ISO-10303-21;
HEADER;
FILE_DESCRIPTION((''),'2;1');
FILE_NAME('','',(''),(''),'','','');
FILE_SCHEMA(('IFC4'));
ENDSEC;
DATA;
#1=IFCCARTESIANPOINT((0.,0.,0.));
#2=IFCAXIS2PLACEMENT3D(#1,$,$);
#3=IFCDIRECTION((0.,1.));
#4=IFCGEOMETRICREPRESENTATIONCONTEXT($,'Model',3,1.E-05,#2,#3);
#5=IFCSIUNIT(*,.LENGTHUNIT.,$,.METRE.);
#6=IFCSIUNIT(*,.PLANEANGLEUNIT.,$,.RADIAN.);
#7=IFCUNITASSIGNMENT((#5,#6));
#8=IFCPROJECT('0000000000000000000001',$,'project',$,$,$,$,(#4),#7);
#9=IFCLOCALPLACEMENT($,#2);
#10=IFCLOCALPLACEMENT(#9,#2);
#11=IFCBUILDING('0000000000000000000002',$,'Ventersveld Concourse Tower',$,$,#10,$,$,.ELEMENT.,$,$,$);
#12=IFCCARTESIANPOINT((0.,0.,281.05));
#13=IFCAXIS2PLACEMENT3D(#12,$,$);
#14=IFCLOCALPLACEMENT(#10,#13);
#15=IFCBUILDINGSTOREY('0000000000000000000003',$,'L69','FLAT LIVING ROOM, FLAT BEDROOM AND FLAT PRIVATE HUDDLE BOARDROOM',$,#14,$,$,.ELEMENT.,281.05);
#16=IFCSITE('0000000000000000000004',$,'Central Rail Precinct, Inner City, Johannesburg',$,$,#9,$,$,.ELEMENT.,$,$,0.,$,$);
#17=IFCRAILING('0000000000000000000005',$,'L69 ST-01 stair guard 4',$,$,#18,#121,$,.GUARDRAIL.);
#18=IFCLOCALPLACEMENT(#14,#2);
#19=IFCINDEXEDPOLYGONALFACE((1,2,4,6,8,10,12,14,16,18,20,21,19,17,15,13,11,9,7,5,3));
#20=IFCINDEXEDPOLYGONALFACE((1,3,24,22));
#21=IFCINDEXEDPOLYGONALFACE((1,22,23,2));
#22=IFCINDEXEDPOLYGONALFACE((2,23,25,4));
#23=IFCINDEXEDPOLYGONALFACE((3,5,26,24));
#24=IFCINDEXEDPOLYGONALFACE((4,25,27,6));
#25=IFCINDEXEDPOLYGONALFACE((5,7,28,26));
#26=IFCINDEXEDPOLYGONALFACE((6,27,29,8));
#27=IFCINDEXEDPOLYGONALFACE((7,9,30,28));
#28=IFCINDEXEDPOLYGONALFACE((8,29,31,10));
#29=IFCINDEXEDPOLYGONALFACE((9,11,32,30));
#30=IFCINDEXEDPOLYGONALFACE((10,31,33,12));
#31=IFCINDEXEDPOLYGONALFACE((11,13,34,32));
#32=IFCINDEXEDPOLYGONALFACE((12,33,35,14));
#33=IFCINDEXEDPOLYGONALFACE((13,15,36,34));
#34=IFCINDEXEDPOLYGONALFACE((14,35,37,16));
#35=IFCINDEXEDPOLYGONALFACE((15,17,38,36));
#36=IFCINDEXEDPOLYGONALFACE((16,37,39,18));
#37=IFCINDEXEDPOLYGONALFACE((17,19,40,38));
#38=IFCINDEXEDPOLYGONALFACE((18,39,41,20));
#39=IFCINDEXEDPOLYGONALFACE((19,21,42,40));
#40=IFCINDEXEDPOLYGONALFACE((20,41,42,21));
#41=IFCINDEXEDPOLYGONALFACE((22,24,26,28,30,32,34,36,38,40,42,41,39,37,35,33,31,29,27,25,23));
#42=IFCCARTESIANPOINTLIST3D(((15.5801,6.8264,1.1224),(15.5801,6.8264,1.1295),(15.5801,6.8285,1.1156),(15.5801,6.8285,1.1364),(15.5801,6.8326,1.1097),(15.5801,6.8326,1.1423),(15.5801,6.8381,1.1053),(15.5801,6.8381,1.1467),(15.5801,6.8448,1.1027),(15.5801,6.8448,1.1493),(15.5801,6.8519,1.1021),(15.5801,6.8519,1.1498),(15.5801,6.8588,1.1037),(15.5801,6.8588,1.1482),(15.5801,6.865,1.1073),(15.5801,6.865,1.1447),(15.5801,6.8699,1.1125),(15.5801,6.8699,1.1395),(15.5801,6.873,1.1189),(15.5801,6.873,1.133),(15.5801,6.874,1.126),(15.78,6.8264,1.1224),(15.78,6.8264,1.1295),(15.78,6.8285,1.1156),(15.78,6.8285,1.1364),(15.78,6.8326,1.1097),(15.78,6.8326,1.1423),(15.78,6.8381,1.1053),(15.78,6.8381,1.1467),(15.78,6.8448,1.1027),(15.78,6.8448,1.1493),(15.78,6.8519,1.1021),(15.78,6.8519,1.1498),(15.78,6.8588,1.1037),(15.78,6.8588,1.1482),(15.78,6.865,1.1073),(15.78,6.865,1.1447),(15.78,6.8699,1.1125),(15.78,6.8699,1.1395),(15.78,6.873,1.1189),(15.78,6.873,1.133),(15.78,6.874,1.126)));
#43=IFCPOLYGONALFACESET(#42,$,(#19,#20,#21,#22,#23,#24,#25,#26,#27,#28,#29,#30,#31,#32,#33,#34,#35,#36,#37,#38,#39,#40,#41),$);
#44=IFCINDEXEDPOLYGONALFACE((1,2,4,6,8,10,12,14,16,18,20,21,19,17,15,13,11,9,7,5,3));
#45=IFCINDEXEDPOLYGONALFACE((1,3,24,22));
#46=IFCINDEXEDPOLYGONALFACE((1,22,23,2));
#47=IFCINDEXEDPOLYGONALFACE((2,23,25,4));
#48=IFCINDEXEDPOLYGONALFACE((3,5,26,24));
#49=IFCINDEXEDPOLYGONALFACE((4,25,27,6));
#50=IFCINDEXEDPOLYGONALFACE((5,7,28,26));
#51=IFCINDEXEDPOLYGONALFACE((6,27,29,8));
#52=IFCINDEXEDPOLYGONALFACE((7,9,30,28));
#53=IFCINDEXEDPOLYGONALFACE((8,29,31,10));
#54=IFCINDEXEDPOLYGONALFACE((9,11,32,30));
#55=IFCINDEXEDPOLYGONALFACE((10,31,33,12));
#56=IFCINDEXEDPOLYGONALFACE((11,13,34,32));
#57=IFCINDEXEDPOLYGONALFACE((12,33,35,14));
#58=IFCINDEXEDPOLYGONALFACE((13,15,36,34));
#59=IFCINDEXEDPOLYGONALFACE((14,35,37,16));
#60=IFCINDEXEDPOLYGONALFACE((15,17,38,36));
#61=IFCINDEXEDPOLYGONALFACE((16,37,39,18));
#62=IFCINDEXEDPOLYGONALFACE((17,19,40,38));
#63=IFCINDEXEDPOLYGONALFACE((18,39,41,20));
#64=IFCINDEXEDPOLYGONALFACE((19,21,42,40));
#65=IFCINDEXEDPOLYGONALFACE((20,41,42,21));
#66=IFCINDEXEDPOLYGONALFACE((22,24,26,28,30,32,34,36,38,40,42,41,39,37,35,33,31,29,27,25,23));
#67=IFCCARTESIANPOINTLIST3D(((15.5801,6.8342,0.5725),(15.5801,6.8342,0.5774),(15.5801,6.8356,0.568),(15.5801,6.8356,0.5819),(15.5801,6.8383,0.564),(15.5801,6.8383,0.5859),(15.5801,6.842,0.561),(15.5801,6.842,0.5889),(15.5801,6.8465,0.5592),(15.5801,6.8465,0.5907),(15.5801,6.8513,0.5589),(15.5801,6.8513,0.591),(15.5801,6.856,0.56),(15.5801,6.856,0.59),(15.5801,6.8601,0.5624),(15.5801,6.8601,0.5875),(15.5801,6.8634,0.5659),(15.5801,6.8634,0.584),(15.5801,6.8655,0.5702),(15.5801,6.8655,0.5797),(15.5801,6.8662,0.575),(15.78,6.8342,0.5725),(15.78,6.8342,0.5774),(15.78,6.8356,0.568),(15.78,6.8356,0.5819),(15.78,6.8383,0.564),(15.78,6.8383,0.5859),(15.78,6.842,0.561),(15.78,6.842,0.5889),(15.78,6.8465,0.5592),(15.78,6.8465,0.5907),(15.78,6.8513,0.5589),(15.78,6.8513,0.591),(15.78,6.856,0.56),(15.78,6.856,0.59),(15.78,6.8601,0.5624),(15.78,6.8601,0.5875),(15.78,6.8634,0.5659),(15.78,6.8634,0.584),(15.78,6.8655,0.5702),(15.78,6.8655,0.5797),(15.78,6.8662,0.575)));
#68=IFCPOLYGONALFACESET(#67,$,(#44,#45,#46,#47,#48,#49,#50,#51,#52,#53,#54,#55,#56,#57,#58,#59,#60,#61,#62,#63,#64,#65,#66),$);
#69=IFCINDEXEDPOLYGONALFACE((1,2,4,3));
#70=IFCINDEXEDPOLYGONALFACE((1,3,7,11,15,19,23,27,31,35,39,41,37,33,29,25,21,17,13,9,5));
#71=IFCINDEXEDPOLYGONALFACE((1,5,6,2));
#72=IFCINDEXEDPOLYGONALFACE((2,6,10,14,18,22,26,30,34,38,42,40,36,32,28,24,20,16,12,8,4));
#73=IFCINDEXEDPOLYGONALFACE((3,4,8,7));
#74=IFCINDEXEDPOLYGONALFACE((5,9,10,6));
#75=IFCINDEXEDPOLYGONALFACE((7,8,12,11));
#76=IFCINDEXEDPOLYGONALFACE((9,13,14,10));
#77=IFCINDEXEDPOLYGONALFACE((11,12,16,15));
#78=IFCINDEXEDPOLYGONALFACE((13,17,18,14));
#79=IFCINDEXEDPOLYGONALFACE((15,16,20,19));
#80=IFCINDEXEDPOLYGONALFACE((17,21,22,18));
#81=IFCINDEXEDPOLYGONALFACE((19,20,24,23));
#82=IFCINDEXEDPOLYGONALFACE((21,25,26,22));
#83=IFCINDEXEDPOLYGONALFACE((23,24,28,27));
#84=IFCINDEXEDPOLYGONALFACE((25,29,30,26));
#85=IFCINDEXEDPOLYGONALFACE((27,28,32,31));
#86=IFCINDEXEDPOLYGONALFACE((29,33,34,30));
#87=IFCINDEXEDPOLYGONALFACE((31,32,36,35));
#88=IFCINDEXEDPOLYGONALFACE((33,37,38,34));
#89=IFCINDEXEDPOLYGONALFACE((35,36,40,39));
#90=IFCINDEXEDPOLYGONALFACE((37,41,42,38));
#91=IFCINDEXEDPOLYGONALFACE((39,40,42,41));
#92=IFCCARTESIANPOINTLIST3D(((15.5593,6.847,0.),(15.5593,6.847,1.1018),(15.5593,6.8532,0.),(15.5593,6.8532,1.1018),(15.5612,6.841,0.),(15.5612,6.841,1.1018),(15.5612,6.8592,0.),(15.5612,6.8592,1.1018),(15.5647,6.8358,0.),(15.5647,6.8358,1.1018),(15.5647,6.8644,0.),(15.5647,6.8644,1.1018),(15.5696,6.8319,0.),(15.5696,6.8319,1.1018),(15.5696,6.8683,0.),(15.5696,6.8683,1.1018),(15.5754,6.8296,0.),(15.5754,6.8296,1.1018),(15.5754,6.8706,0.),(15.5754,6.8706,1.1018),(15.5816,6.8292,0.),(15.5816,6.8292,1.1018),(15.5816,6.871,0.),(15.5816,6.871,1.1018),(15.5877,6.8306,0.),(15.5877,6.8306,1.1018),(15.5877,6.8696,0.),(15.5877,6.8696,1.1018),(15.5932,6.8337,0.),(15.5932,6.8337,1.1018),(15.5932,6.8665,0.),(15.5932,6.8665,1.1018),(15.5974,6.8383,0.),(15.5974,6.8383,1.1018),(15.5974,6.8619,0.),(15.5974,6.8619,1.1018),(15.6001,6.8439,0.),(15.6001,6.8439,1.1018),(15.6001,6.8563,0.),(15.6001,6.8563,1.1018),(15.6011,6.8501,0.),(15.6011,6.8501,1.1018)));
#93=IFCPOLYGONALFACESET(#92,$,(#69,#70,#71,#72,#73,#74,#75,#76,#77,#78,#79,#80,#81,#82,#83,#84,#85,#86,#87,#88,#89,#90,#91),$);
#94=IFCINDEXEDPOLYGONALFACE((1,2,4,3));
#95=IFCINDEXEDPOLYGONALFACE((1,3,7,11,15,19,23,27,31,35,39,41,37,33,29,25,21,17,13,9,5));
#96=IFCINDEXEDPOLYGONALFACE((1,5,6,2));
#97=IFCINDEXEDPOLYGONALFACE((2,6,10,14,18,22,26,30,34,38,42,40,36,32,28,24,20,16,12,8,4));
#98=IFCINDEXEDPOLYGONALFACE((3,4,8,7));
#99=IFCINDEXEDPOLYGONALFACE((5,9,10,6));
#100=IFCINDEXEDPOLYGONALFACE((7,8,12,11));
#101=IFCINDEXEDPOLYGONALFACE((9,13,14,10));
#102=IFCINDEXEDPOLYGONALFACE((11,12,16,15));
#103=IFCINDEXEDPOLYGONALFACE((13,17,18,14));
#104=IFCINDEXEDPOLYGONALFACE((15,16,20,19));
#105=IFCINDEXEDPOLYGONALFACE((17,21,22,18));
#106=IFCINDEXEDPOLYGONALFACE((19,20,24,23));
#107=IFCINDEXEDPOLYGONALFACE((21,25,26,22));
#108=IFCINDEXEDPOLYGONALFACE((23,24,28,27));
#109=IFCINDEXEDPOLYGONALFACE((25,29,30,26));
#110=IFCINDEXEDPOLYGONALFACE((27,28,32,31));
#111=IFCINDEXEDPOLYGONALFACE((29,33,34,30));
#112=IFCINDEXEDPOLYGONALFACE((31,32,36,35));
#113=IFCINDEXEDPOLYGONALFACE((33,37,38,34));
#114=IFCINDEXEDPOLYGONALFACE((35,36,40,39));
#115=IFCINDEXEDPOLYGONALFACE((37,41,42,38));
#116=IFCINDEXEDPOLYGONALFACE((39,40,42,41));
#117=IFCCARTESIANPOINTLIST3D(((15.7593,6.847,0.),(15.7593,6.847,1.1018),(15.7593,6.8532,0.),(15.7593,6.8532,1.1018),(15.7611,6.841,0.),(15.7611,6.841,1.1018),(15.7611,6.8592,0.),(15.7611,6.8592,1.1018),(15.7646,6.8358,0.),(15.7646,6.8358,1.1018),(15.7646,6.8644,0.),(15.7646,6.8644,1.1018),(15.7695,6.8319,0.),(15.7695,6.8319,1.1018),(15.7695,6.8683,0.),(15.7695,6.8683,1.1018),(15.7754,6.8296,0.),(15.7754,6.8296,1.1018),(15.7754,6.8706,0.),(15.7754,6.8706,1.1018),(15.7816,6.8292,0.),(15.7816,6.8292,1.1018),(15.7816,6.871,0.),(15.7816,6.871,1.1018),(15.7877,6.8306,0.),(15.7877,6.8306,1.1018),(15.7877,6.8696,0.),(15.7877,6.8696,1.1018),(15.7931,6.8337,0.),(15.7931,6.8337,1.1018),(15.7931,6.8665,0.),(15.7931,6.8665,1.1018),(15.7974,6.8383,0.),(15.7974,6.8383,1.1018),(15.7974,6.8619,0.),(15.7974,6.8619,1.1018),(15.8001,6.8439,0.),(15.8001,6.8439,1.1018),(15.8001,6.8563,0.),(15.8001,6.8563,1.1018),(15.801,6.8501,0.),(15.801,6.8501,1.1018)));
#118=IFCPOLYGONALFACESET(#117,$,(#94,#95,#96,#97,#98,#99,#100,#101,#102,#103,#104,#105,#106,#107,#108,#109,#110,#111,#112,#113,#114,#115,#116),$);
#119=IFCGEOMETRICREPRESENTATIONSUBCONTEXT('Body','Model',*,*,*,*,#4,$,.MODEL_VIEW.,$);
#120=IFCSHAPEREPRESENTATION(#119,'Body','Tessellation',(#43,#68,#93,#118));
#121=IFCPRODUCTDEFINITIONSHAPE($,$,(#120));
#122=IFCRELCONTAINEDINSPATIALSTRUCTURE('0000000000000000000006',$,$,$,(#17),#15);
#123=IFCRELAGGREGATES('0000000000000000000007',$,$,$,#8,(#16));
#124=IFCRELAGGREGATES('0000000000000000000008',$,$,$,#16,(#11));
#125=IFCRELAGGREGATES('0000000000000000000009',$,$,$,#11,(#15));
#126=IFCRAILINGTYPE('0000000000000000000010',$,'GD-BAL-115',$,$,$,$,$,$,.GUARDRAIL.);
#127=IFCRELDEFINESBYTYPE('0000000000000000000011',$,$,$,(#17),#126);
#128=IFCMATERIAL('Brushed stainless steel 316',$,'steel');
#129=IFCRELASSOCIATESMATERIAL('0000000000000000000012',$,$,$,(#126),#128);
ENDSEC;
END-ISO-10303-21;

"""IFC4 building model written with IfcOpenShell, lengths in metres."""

from ifc_helpers import new_model, si_unit, direction, frame, origin, origin_2d, place, context, subcontext, project, spatial, circle, extrude, material, type_object, element, save


model = new_model("IFC4")

# Units and contexts
model_context = context("Model", 3, precision=1e-05, world=origin(), true_north=direction((0.0, 1.0)))
body_context = subcontext(model_context, "Body", "Model", "MODEL_VIEW")
ifc_project = project(units=[si_unit("LENGTHUNIT", "METRE"), si_unit("PLANEANGLEUNIT", "RADIAN")], contexts=[model_context])

# Site, building, storey
site_placement = place(None, origin())
site = spatial("IfcSite", under=ifc_project, at=site_placement, Name="Central Rail Precinct, Inner City, Johannesburg", CompositionType="ELEMENT", RefElevation=0.0)
building_placement = place(site_placement, origin())
building = spatial("IfcBuilding", under=site, at=building_placement, Name="Ventersveld Concourse Tower", CompositionType="ELEMENT")
storey_placement = place(building_placement, frame((0.0, 0.0, 281.05)))
storey = spatial("IfcBuildingStorey", under=building, at=storey_placement, Name="L69", Description="FLAT LIVING ROOM, FLAT BEDROOM AND FLAT PRIVATE HUDDLE BOARDROOM", CompositionType="ELEMENT", Elevation=281.05)

# Shared definitions
ifc_material_1 = material(Name="Brushed stainless steel 316", Category="steel")

# Railing
railing_type_1 = type_object("IfcRailingType", Name="GD-BAL-115", PredefinedType="GUARDRAIL", material=ifc_material_1)
railing_1_placement = place(storey_placement, frame((15.5801, 6.8501, 0.0)))
element("IfcRailing", 1, at=railing_1_placement, inside=storey, type_object=railing_type_1, Name="L69 ST-01 stair guard 4", PredefinedType="GUARDRAIL", context=body_context, shape_type="SweptSolid", body=[
    extrude(circle(Radius=0.0239, at=origin_2d()), frame((0.0, 0.0, 1.126), z_axis=(1.0, 0.0, 0.0), x_axis=(0.0, 1.0, 0.0)), (0.0, 0.0, 1.0), 0.2),
    extrude(circle(Radius=0.0161, at=origin_2d()), frame((0.0, 0.0, 0.575), z_axis=(1.0, 0.0, 0.0), x_axis=(0.0, 1.0, 0.0)), (0.0, 0.0, 1.0), 0.2),
    extrude(circle(Radius=0.021, at=origin_2d()), origin(), (0.0, 0.0, 1.0), 1.1018),
    extrude(circle(Radius=0.021, at=origin_2d()), frame((0.2, 0.0, 0.0)), (0.0, 0.0, 1.0), 1.1018),
])

save(model, "model.ifc")
